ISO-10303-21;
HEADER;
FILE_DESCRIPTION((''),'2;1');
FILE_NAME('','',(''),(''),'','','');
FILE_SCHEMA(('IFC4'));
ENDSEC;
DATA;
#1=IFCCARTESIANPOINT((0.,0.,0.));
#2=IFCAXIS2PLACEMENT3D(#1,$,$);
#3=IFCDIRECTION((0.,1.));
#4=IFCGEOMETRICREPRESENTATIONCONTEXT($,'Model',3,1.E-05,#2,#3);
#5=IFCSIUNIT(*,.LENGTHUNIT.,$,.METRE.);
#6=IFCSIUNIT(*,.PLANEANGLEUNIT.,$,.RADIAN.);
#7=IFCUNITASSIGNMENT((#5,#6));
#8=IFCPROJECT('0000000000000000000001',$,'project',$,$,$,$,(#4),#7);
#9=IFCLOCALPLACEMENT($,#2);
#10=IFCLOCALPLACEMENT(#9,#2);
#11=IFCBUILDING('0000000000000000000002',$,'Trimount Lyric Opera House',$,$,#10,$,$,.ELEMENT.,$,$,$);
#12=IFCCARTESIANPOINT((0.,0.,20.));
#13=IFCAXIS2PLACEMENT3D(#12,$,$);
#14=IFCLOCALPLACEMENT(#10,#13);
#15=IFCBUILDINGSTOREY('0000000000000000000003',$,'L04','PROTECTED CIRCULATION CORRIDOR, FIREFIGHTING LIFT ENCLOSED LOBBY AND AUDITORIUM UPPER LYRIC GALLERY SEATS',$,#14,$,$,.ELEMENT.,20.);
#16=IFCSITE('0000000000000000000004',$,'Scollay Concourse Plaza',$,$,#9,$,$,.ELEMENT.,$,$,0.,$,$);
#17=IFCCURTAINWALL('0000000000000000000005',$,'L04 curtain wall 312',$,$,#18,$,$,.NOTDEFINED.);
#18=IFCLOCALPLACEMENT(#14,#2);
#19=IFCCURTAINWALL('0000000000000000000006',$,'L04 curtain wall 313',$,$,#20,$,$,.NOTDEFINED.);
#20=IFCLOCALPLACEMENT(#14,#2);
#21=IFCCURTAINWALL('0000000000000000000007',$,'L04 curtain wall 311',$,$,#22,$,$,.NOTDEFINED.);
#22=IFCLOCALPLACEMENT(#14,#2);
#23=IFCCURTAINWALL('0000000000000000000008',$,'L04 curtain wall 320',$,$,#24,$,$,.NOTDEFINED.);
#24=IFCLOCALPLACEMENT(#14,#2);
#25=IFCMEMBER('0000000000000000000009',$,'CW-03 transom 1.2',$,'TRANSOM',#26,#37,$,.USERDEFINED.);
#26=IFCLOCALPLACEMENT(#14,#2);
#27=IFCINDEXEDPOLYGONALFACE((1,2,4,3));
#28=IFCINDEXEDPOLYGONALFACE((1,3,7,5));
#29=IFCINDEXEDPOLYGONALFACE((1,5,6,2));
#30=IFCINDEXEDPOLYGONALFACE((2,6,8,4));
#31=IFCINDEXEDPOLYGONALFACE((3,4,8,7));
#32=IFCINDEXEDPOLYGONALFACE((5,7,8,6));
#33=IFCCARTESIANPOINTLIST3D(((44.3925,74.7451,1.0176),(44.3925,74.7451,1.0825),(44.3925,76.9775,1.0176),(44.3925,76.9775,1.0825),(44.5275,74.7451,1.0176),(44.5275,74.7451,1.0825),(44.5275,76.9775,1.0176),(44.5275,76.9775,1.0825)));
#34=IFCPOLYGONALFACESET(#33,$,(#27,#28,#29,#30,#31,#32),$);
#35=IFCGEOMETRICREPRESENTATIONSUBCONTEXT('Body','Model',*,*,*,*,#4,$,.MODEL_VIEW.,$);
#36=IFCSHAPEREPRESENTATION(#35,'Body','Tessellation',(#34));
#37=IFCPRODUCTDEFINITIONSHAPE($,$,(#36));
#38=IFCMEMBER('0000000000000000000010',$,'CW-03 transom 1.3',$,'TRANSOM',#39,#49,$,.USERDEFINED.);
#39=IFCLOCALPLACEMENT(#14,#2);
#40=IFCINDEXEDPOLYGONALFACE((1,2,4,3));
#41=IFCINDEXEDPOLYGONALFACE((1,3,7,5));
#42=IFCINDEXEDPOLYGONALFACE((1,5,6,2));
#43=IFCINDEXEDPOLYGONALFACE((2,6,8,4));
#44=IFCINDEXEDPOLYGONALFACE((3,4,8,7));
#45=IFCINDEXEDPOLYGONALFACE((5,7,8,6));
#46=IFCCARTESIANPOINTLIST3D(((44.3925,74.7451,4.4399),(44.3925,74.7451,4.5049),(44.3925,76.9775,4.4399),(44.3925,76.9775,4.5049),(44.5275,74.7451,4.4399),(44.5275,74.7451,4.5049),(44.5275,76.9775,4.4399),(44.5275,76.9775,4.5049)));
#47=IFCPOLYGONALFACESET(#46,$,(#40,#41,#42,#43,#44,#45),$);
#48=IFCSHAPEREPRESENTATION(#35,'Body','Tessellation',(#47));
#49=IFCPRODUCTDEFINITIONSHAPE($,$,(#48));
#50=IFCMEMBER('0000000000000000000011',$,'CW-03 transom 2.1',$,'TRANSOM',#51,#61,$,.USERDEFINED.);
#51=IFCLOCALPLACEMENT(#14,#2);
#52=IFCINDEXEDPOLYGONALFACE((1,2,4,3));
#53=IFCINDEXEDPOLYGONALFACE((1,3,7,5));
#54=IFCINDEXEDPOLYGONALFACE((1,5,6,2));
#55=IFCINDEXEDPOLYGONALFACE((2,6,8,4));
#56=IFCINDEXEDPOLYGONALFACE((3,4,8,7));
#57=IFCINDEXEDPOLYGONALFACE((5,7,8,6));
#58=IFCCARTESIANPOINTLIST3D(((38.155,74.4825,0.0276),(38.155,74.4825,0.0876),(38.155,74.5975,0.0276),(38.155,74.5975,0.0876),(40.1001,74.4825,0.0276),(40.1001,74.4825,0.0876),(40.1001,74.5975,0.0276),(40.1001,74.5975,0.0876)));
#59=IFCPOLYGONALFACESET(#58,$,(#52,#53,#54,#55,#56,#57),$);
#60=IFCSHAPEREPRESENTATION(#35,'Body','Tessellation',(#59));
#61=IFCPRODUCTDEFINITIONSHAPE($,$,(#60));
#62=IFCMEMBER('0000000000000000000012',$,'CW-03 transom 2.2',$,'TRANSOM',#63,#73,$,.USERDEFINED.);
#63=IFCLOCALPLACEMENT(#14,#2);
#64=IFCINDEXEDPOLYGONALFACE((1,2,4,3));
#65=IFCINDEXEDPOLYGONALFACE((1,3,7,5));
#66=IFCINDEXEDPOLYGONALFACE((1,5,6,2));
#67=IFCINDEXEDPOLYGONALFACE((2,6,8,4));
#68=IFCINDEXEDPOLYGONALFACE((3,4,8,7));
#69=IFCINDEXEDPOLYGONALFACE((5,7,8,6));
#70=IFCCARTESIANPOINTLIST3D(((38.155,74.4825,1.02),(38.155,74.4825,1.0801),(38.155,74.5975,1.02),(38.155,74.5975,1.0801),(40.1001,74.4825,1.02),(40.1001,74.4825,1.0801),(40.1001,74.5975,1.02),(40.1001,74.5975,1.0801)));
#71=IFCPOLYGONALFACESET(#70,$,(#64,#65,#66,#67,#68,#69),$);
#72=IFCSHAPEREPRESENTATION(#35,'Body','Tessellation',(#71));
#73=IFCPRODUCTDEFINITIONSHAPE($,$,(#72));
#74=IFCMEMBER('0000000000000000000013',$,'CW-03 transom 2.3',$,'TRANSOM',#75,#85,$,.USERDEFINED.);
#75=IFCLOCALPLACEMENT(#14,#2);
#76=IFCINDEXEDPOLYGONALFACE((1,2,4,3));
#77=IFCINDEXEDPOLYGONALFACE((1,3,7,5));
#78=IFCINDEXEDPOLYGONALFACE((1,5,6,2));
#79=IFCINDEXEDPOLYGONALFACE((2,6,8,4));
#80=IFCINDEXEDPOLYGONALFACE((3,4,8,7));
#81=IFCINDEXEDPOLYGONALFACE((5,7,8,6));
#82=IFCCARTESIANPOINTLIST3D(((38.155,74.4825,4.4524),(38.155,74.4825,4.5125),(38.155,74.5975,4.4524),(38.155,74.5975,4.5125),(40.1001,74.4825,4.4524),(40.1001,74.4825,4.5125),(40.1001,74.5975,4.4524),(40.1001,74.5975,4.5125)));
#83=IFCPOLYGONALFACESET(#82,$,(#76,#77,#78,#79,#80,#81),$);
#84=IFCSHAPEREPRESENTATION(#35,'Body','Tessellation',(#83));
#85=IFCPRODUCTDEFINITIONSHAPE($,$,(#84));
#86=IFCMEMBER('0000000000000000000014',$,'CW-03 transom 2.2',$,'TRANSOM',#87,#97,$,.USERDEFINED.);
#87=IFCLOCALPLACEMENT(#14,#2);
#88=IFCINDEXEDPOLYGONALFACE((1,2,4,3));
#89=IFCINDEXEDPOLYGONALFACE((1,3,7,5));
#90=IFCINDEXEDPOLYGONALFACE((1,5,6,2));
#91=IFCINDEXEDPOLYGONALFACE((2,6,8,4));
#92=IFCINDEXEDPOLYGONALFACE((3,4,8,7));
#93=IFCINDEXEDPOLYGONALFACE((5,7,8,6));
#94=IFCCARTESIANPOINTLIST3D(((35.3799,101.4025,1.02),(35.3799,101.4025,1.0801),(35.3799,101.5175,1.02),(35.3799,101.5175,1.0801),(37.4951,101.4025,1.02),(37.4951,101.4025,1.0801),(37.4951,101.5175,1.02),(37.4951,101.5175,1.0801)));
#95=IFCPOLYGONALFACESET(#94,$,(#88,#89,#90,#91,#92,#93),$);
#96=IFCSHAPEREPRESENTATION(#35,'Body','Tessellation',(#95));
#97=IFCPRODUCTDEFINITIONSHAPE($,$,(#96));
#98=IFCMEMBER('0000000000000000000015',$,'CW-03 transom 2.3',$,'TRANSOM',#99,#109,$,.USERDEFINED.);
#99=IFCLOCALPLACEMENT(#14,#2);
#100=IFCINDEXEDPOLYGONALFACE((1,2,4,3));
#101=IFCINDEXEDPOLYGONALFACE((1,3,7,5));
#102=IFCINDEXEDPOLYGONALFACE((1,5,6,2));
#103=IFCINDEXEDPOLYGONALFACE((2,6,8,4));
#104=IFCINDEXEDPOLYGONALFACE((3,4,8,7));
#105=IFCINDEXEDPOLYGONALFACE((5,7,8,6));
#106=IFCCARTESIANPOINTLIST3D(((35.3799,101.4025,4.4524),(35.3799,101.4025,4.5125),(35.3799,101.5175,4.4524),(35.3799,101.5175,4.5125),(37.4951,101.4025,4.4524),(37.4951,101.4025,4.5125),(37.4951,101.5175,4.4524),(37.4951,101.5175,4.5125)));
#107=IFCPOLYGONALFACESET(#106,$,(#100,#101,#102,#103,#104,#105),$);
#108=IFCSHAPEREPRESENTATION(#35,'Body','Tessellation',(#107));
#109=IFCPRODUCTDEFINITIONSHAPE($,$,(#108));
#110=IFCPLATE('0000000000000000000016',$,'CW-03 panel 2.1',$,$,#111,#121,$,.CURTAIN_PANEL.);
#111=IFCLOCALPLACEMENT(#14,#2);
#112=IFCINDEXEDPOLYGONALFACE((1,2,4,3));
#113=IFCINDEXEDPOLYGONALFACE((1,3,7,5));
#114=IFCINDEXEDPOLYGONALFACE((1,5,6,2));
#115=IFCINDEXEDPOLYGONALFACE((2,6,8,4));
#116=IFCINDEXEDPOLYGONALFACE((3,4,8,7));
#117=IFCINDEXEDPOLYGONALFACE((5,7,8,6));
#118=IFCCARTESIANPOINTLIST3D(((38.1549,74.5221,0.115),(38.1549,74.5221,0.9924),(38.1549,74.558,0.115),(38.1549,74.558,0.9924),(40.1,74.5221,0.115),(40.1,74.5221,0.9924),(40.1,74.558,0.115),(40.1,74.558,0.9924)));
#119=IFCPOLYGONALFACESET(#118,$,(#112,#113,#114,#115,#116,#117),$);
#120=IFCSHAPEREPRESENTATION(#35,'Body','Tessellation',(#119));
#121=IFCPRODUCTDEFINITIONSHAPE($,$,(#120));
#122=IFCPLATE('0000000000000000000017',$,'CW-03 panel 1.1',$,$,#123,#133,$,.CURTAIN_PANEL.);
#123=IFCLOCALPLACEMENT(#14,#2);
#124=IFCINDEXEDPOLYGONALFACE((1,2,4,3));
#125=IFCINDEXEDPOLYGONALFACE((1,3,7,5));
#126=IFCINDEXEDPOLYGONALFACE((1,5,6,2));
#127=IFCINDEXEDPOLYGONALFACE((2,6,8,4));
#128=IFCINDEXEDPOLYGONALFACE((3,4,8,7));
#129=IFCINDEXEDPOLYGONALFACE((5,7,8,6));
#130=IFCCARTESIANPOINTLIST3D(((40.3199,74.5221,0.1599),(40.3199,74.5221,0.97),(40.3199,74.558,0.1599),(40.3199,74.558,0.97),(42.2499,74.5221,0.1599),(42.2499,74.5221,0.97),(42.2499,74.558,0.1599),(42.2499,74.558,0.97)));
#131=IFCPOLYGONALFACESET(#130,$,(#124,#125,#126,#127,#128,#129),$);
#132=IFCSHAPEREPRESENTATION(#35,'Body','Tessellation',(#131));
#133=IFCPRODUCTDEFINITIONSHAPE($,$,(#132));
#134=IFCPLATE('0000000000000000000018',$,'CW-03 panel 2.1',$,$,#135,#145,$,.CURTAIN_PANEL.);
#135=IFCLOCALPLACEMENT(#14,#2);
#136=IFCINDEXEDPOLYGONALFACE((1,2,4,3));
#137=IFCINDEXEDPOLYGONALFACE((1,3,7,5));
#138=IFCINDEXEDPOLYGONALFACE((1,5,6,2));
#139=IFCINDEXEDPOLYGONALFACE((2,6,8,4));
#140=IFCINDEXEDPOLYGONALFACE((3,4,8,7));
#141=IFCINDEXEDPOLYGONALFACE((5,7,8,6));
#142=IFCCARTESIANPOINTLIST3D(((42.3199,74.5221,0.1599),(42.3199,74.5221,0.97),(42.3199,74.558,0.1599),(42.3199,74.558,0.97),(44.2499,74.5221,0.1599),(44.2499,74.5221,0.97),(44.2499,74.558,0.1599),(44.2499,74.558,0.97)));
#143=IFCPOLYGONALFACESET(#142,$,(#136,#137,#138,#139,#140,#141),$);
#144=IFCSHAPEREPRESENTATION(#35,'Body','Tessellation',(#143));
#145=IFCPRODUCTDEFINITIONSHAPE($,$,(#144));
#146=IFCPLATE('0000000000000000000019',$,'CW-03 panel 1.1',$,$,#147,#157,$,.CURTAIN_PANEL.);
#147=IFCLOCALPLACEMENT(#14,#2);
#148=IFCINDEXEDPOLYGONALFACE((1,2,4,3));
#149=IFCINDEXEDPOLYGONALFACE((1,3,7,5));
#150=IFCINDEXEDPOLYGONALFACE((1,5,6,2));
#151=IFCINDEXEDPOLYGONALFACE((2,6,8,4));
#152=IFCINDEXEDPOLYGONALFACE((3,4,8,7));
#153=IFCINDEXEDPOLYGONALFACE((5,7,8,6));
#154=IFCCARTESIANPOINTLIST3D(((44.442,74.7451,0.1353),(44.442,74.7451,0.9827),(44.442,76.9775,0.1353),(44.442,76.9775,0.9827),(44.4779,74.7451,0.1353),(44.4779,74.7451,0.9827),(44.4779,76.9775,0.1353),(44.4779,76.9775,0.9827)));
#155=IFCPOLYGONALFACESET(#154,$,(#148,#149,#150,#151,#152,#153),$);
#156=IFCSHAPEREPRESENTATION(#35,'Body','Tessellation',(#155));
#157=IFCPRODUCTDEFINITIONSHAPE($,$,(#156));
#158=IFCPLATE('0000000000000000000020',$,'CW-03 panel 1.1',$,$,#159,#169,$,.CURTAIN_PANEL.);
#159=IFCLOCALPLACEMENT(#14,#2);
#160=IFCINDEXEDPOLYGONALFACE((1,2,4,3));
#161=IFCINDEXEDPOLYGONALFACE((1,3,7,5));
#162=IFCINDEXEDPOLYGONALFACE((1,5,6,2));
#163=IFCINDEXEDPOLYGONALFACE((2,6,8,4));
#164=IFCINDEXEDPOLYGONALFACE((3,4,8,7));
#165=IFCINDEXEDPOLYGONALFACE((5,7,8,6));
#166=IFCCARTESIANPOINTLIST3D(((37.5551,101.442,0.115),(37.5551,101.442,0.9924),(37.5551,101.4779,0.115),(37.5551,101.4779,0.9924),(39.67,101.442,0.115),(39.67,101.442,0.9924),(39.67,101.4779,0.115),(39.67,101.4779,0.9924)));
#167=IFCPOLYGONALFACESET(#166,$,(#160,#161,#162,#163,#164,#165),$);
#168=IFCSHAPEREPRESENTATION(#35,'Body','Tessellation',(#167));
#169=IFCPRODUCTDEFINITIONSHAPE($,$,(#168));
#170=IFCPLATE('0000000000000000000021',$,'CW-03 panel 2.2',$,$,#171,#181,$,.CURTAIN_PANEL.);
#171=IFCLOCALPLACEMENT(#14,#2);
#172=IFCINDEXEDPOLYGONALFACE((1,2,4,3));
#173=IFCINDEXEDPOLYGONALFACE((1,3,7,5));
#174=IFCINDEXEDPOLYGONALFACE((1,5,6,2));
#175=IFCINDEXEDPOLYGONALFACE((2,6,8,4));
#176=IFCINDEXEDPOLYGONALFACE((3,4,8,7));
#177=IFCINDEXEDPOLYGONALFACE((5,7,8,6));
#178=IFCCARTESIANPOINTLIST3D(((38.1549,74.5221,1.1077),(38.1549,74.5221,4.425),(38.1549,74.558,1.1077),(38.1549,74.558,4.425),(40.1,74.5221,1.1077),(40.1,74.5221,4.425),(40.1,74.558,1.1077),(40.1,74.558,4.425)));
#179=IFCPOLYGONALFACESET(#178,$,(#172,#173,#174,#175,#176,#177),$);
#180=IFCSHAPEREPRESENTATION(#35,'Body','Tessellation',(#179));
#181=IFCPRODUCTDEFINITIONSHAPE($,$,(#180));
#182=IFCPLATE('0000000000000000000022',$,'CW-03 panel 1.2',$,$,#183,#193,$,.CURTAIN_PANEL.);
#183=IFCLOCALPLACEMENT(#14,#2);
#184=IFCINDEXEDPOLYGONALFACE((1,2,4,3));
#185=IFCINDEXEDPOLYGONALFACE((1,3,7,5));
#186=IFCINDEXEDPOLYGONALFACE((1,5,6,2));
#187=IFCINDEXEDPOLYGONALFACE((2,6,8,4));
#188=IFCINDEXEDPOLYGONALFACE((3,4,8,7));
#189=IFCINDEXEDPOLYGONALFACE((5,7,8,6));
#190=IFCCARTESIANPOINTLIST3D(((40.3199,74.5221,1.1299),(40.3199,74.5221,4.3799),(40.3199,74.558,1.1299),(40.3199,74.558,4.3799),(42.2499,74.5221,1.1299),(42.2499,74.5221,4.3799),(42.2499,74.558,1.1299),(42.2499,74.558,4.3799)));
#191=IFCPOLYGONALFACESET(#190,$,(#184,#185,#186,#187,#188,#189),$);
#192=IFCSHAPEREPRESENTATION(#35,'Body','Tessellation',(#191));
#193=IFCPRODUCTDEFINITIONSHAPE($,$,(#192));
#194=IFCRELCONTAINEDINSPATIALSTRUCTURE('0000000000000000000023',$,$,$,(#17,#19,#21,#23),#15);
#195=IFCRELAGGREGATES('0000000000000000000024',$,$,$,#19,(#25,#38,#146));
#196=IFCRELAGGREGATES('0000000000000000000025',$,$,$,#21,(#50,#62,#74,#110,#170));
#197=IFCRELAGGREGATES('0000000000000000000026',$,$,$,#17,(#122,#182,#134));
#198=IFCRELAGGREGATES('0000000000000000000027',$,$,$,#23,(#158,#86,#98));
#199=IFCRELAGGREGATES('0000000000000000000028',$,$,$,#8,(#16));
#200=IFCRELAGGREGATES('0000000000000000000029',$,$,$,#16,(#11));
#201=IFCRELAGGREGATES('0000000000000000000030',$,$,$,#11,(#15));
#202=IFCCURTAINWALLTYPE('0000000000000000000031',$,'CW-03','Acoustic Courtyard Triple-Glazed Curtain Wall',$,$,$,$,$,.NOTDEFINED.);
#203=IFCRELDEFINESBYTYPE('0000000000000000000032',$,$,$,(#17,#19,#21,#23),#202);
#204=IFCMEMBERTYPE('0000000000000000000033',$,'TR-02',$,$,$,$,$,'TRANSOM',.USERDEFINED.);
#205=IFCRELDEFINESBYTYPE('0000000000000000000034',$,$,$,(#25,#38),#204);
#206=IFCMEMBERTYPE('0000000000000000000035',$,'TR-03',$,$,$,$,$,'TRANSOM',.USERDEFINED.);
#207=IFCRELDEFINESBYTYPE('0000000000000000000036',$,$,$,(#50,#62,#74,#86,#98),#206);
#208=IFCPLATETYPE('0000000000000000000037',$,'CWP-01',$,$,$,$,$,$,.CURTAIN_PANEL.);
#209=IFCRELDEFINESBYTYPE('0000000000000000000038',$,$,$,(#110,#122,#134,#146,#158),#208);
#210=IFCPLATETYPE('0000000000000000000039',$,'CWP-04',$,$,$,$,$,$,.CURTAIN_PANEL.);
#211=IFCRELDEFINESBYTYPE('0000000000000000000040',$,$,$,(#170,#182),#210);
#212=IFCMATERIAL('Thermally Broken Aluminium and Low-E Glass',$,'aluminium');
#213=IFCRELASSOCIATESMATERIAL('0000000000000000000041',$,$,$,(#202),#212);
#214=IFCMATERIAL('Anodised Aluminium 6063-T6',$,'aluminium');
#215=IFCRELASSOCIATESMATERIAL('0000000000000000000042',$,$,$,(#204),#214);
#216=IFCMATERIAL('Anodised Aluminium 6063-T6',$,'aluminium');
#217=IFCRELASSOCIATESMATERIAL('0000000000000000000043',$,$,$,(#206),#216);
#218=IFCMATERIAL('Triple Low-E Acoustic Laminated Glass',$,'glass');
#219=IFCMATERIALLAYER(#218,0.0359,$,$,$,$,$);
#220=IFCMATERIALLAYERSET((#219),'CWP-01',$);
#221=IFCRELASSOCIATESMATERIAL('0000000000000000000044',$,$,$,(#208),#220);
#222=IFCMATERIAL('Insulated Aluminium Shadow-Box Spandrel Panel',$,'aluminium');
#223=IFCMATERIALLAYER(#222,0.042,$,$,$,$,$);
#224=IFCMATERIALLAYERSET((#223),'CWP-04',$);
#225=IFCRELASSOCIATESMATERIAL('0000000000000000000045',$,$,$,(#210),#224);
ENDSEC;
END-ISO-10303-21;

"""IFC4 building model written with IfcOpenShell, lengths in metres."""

from ifc_helpers import new_model, si_unit, direction, frame, origin, origin_2d, place, context, subcontext, project, spatial, rectangle, extrude, material, layer, layer_set, material_profile, profile_set, type_object, element, aggregate, save


model = new_model("IFC4")

# Units and contexts
model_context = context("Model", 3, precision=1e-05, world=origin(), true_north=direction((0.0, 1.0)))
body_context = subcontext(model_context, "Body", "Model", "MODEL_VIEW")
ifc_project = project(units=[si_unit("LENGTHUNIT", "METRE"), si_unit("PLANEANGLEUNIT", "RADIAN")], contexts=[model_context])

# Site, building, storey
site_placement = place(None, origin())
site = spatial("IfcSite", under=ifc_project, at=site_placement, Name="Scollay Concourse Plaza", CompositionType="ELEMENT", RefElevation=0.0)
building_placement = place(site_placement, origin())
building = spatial("IfcBuilding", under=site, at=building_placement, Name="Trimount Lyric Opera House", CompositionType="ELEMENT")
storey_placement = place(building_placement, frame((0.0, 0.0, 20.0)))
storey = spatial("IfcBuildingStorey", under=building, at=storey_placement, Name="L04", Description="PROTECTED CIRCULATION CORRIDOR, FIREFIGHTING LIFT ENCLOSED LOBBY AND AUDITORIUM UPPER LYRIC GALLERY SEATS", CompositionType="ELEMENT", Elevation=20.0)

# Curtain wall
ifc_material_1 = material(Name="Thermally Broken Aluminium and Low-E Glass", Category="aluminium")
curtain_wall_type = type_object("IfcCurtainWallType", Name="CW-03", Description="Acoustic Courtyard Triple-Glazed Curtain Wall", PredefinedType="NOTDEFINED", material=ifc_material_1)
curtain_wall_1_placement = place(storey_placement, origin())
curtain_wall_1 = element("IfcCurtainWall", 1, at=curtain_wall_1_placement, inside=storey, type_object=curtain_wall_type, Name="L04 curtain wall 312", PredefinedType="NOTDEFINED")

# Curtain wall
curtain_wall_2_placement = place(storey_placement, origin())
curtain_wall_2 = element("IfcCurtainWall", 2, at=curtain_wall_2_placement, inside=storey, type_object=curtain_wall_type, Name="L04 curtain wall 313", PredefinedType="NOTDEFINED")

# Curtain wall
curtain_wall_3_placement = place(storey_placement, origin())
curtain_wall_3 = element("IfcCurtainWall", 3, at=curtain_wall_3_placement, inside=storey, type_object=curtain_wall_type, Name="L04 curtain wall 311", PredefinedType="NOTDEFINED")

# Curtain wall
curtain_wall_4_placement = place(storey_placement, origin())
curtain_wall_4 = element("IfcCurtainWall", 4, at=curtain_wall_4_placement, inside=storey, type_object=curtain_wall_type, Name="L04 curtain wall 320", PredefinedType="NOTDEFINED")

# Members
ifc_material_2 = material(Name="Anodised Aluminium 6063-T6", Category="aluminium")
ifc_material_profile_1 = material_profile(ifc_material_2, rectangle(XDim=0.135, YDim=0.0649, at=origin_2d()), Name="ALU-TRAN-65X135")
ifc_profile_set_1 = profile_set([ifc_material_profile_1], Name="Anodised Aluminium 6063-T6")
member_type_1 = type_object("IfcMemberType", Name="TR-02", ElementType="TRANSOM", PredefinedType="USERDEFINED", material=ifc_profile_set_1)
member_1_placement = place(storey_placement, frame((44.46, 74.7451, 1.05), z_axis=(0.0, 1.0, 0.0), x_axis=(-1.0, 0.0, 0.0)))
member_1 = element("IfcMember", 5, at=member_1_placement, type_object=member_type_1, Name="CW-03 transom 1.2", ObjectType="TRANSOM", PredefinedType="USERDEFINED", context=body_context, shape_type="SweptSolid", body=[
    extrude(rectangle(XDim=0.135, YDim=0.0649, at=origin_2d()), origin(), (0.0, 0.0, 1.0), 2.2324),
])
member_2_placement = place(storey_placement, frame((44.46, 74.7451, 4.4724), z_axis=(0.0, 1.0, 0.0), x_axis=(-1.0, 0.0, 0.0)))
member_2 = element("IfcMember", 6, at=member_2_placement, type_object=member_type_1, Name="CW-03 transom 1.3", ObjectType="TRANSOM", PredefinedType="USERDEFINED", context=body_context, shape_type="SweptSolid", body=[
    extrude(rectangle(XDim=0.135, YDim=0.0649, at=origin_2d()), origin(), (0.0, 0.0, 1.0), 2.2324),
])
ifc_material_3 = material(Name="Anodised Aluminium 6063-T6", Category="aluminium")
ifc_material_profile_2 = material_profile(ifc_material_3, rectangle(XDim=0.115, YDim=0.0601, at=origin_2d()), Name="ALU-TRAN-60X115")
ifc_profile_set_2 = profile_set([ifc_material_profile_2], Name="Anodised Aluminium 6063-T6")
member_type_2 = type_object("IfcMemberType", Name="TR-03", ElementType="TRANSOM", PredefinedType="USERDEFINED", material=ifc_profile_set_2)
member_3_placement = place(storey_placement, frame((38.155, 74.54, 0.0576), z_axis=(1.0, 0.0, 0.0), x_axis=(0.0, 1.0, 0.0)))
member_3 = element("IfcMember", 7, at=member_3_placement, type_object=member_type_2, Name="CW-03 transom 2.1", ObjectType="TRANSOM", PredefinedType="USERDEFINED", context=body_context, shape_type="SweptSolid", body=[
    extrude(rectangle(XDim=0.115, YDim=0.0601, at=origin_2d()), origin(), (0.0, 0.0, 1.0), 1.9451),
])
member_4_placement = place(storey_placement, frame((38.155, 74.54, 1.05), z_axis=(1.0, 0.0, 0.0), x_axis=(0.0, 1.0, 0.0)))
member_4 = element("IfcMember", 8, at=member_4_placement, type_object=member_type_2, Name="CW-03 transom 2.2", ObjectType="TRANSOM", PredefinedType="USERDEFINED", context=body_context, shape_type="SweptSolid", body=[
    extrude(rectangle(XDim=0.115, YDim=0.0601, at=origin_2d()), origin(), (0.0, 0.0, 1.0), 1.9451),
])
member_5_placement = place(storey_placement, frame((38.155, 74.54, 4.4824), z_axis=(1.0, 0.0, 0.0), x_axis=(0.0, 1.0, 0.0)))
member_5 = element("IfcMember", 9, at=member_5_placement, type_object=member_type_2, Name="CW-03 transom 2.3", ObjectType="TRANSOM", PredefinedType="USERDEFINED", context=body_context, shape_type="SweptSolid", body=[
    extrude(rectangle(XDim=0.115, YDim=0.0601, at=origin_2d()), origin(), (0.0, 0.0, 1.0), 1.9451),
])
member_6_placement = place(storey_placement, frame((37.4951, 101.46, 1.05), z_axis=(-1.0, 0.0, 0.0), x_axis=(0.0, -1.0, 0.0)))
member_6 = element("IfcMember", 10, at=member_6_placement, type_object=member_type_2, Name="CW-03 transom 2.2", ObjectType="TRANSOM", PredefinedType="USERDEFINED", context=body_context, shape_type="SweptSolid", body=[
    extrude(rectangle(XDim=0.115, YDim=0.0601, at=origin_2d()), origin(), (0.0, 0.0, 1.0), 2.1152),
])
member_7_placement = place(storey_placement, frame((37.4951, 101.46, 4.4824), z_axis=(-1.0, 0.0, 0.0), x_axis=(0.0, -1.0, 0.0)))
member_7 = element("IfcMember", 11, at=member_7_placement, type_object=member_type_2, Name="CW-03 transom 2.3", ObjectType="TRANSOM", PredefinedType="USERDEFINED", context=body_context, shape_type="SweptSolid", body=[
    extrude(rectangle(XDim=0.115, YDim=0.0601, at=origin_2d()), origin(), (0.0, 0.0, 1.0), 2.1152),
])

# Plates
ifc_material_4 = material(Name="Triple Low-E Acoustic Laminated Glass", Category="glass")
ifc_layer_1 = layer(ifc_material_4, 0.0359)
ifc_layer_set_1 = layer_set([ifc_layer_1], Name="CWP-01")
plate_type_1 = type_object("IfcPlateType", Name="CWP-01", PredefinedType="CURTAIN_PANEL", material=ifc_layer_set_1)
plate_1_placement = place(storey_placement, frame((39.1274, 74.54, 0.115), z_axis=(0.0, 0.0, 1.0), x_axis=(1.0, 0.0, 0.0)))
plate_1 = element("IfcPlate", 12, at=plate_1_placement, type_object=plate_type_1, Name="CW-03 panel 2.1", PredefinedType="CURTAIN_PANEL", context=body_context, shape_type="SweptSolid", body=[
    extrude(rectangle(XDim=1.9451, YDim=0.0359, at=origin_2d()), origin(), (0.0, 0.0, 1.0), 0.8774),
])
plate_2_placement = place(storey_placement, frame((41.2849, 74.54, 0.1599), z_axis=(0.0, 0.0, 1.0), x_axis=(1.0, 0.0, 0.0)))
plate_2 = element("IfcPlate", 13, at=plate_2_placement, type_object=plate_type_1, Name="CW-03 panel 1.1", PredefinedType="CURTAIN_PANEL", context=body_context, shape_type="SweptSolid", body=[
    extrude(rectangle(XDim=1.9299, YDim=0.0359, at=origin_2d()), origin(), (0.0, 0.0, 1.0), 0.8101),
])
plate_3_placement = place(storey_placement, frame((43.2849, 74.54, 0.1599), z_axis=(0.0, 0.0, 1.0), x_axis=(1.0, 0.0, 0.0)))
plate_3 = element("IfcPlate", 14, at=plate_3_placement, type_object=plate_type_1, Name="CW-03 panel 2.1", PredefinedType="CURTAIN_PANEL", context=body_context, shape_type="SweptSolid", body=[
    extrude(rectangle(XDim=1.9299, YDim=0.0359, at=origin_2d()), origin(), (0.0, 0.0, 1.0), 0.8101),
])
plate_4_placement = place(storey_placement, frame((44.46, 75.8613, 0.1353), z_axis=(0.0, 0.0, 1.0), x_axis=(0.0, 1.0, 0.0)))
plate_4 = element("IfcPlate", 15, at=plate_4_placement, type_object=plate_type_1, Name="CW-03 panel 1.1", PredefinedType="CURTAIN_PANEL", context=body_context, shape_type="SweptSolid", body=[
    extrude(rectangle(XDim=2.2324, YDim=0.0359, at=origin_2d()), origin(), (0.0, 0.0, 1.0), 0.8474),
])
aggregate(curtain_wall_2, [member_1, member_2, plate_4])
plate_5_placement = place(storey_placement, frame((38.6125, 101.46, 0.115), z_axis=(0.0, 0.0, 1.0), x_axis=(-1.0, 0.0, 0.0)))
plate_5 = element("IfcPlate", 16, at=plate_5_placement, type_object=plate_type_1, Name="CW-03 panel 1.1", PredefinedType="CURTAIN_PANEL", context=body_context, shape_type="SweptSolid", body=[
    extrude(rectangle(XDim=2.115, YDim=0.0359, at=origin_2d()), origin(), (0.0, 0.0, 1.0), 0.8774),
])
ifc_material_5 = material(Name="Insulated Aluminium Shadow-Box Spandrel Panel", Category="aluminium")
ifc_layer_2 = layer(ifc_material_5, 0.042)
ifc_layer_set_2 = layer_set([ifc_layer_2], Name="CWP-04")
plate_type_2 = type_object("IfcPlateType", Name="CWP-04", PredefinedType="CURTAIN_PANEL", material=ifc_layer_set_2)
plate_6_placement = place(storey_placement, frame((39.1274, 74.54, 1.1077), z_axis=(0.0, 0.0, 1.0), x_axis=(1.0, 0.0, 0.0)))
plate_6 = element("IfcPlate", 17, at=plate_6_placement, type_object=plate_type_2, Name="CW-03 panel 2.2", PredefinedType="CURTAIN_PANEL", context=body_context, shape_type="SweptSolid", body=[
    extrude(rectangle(XDim=1.9451, YDim=0.0359, at=origin_2d()), origin(), (0.0, 0.0, 1.0), 3.3174),
])
aggregate(curtain_wall_3, [member_3, member_4, member_5, plate_1, plate_6])
plate_7_placement = place(storey_placement, frame((41.2849, 74.54, 1.1299), z_axis=(0.0, 0.0, 1.0), x_axis=(1.0, 0.0, 0.0)))
plate_7 = element("IfcPlate", 18, at=plate_7_placement, type_object=plate_type_2, Name="CW-03 panel 1.2", PredefinedType="CURTAIN_PANEL", context=body_context, shape_type="SweptSolid", body=[
    extrude(rectangle(XDim=1.9299, YDim=0.0359, at=origin_2d()), origin(), (0.0, 0.0, 1.0), 3.25),
])
aggregate(curtain_wall_1, [plate_2, plate_7, plate_3])
aggregate(curtain_wall_4, [plate_5, member_6, member_7])

save(model, "model.ifc")
